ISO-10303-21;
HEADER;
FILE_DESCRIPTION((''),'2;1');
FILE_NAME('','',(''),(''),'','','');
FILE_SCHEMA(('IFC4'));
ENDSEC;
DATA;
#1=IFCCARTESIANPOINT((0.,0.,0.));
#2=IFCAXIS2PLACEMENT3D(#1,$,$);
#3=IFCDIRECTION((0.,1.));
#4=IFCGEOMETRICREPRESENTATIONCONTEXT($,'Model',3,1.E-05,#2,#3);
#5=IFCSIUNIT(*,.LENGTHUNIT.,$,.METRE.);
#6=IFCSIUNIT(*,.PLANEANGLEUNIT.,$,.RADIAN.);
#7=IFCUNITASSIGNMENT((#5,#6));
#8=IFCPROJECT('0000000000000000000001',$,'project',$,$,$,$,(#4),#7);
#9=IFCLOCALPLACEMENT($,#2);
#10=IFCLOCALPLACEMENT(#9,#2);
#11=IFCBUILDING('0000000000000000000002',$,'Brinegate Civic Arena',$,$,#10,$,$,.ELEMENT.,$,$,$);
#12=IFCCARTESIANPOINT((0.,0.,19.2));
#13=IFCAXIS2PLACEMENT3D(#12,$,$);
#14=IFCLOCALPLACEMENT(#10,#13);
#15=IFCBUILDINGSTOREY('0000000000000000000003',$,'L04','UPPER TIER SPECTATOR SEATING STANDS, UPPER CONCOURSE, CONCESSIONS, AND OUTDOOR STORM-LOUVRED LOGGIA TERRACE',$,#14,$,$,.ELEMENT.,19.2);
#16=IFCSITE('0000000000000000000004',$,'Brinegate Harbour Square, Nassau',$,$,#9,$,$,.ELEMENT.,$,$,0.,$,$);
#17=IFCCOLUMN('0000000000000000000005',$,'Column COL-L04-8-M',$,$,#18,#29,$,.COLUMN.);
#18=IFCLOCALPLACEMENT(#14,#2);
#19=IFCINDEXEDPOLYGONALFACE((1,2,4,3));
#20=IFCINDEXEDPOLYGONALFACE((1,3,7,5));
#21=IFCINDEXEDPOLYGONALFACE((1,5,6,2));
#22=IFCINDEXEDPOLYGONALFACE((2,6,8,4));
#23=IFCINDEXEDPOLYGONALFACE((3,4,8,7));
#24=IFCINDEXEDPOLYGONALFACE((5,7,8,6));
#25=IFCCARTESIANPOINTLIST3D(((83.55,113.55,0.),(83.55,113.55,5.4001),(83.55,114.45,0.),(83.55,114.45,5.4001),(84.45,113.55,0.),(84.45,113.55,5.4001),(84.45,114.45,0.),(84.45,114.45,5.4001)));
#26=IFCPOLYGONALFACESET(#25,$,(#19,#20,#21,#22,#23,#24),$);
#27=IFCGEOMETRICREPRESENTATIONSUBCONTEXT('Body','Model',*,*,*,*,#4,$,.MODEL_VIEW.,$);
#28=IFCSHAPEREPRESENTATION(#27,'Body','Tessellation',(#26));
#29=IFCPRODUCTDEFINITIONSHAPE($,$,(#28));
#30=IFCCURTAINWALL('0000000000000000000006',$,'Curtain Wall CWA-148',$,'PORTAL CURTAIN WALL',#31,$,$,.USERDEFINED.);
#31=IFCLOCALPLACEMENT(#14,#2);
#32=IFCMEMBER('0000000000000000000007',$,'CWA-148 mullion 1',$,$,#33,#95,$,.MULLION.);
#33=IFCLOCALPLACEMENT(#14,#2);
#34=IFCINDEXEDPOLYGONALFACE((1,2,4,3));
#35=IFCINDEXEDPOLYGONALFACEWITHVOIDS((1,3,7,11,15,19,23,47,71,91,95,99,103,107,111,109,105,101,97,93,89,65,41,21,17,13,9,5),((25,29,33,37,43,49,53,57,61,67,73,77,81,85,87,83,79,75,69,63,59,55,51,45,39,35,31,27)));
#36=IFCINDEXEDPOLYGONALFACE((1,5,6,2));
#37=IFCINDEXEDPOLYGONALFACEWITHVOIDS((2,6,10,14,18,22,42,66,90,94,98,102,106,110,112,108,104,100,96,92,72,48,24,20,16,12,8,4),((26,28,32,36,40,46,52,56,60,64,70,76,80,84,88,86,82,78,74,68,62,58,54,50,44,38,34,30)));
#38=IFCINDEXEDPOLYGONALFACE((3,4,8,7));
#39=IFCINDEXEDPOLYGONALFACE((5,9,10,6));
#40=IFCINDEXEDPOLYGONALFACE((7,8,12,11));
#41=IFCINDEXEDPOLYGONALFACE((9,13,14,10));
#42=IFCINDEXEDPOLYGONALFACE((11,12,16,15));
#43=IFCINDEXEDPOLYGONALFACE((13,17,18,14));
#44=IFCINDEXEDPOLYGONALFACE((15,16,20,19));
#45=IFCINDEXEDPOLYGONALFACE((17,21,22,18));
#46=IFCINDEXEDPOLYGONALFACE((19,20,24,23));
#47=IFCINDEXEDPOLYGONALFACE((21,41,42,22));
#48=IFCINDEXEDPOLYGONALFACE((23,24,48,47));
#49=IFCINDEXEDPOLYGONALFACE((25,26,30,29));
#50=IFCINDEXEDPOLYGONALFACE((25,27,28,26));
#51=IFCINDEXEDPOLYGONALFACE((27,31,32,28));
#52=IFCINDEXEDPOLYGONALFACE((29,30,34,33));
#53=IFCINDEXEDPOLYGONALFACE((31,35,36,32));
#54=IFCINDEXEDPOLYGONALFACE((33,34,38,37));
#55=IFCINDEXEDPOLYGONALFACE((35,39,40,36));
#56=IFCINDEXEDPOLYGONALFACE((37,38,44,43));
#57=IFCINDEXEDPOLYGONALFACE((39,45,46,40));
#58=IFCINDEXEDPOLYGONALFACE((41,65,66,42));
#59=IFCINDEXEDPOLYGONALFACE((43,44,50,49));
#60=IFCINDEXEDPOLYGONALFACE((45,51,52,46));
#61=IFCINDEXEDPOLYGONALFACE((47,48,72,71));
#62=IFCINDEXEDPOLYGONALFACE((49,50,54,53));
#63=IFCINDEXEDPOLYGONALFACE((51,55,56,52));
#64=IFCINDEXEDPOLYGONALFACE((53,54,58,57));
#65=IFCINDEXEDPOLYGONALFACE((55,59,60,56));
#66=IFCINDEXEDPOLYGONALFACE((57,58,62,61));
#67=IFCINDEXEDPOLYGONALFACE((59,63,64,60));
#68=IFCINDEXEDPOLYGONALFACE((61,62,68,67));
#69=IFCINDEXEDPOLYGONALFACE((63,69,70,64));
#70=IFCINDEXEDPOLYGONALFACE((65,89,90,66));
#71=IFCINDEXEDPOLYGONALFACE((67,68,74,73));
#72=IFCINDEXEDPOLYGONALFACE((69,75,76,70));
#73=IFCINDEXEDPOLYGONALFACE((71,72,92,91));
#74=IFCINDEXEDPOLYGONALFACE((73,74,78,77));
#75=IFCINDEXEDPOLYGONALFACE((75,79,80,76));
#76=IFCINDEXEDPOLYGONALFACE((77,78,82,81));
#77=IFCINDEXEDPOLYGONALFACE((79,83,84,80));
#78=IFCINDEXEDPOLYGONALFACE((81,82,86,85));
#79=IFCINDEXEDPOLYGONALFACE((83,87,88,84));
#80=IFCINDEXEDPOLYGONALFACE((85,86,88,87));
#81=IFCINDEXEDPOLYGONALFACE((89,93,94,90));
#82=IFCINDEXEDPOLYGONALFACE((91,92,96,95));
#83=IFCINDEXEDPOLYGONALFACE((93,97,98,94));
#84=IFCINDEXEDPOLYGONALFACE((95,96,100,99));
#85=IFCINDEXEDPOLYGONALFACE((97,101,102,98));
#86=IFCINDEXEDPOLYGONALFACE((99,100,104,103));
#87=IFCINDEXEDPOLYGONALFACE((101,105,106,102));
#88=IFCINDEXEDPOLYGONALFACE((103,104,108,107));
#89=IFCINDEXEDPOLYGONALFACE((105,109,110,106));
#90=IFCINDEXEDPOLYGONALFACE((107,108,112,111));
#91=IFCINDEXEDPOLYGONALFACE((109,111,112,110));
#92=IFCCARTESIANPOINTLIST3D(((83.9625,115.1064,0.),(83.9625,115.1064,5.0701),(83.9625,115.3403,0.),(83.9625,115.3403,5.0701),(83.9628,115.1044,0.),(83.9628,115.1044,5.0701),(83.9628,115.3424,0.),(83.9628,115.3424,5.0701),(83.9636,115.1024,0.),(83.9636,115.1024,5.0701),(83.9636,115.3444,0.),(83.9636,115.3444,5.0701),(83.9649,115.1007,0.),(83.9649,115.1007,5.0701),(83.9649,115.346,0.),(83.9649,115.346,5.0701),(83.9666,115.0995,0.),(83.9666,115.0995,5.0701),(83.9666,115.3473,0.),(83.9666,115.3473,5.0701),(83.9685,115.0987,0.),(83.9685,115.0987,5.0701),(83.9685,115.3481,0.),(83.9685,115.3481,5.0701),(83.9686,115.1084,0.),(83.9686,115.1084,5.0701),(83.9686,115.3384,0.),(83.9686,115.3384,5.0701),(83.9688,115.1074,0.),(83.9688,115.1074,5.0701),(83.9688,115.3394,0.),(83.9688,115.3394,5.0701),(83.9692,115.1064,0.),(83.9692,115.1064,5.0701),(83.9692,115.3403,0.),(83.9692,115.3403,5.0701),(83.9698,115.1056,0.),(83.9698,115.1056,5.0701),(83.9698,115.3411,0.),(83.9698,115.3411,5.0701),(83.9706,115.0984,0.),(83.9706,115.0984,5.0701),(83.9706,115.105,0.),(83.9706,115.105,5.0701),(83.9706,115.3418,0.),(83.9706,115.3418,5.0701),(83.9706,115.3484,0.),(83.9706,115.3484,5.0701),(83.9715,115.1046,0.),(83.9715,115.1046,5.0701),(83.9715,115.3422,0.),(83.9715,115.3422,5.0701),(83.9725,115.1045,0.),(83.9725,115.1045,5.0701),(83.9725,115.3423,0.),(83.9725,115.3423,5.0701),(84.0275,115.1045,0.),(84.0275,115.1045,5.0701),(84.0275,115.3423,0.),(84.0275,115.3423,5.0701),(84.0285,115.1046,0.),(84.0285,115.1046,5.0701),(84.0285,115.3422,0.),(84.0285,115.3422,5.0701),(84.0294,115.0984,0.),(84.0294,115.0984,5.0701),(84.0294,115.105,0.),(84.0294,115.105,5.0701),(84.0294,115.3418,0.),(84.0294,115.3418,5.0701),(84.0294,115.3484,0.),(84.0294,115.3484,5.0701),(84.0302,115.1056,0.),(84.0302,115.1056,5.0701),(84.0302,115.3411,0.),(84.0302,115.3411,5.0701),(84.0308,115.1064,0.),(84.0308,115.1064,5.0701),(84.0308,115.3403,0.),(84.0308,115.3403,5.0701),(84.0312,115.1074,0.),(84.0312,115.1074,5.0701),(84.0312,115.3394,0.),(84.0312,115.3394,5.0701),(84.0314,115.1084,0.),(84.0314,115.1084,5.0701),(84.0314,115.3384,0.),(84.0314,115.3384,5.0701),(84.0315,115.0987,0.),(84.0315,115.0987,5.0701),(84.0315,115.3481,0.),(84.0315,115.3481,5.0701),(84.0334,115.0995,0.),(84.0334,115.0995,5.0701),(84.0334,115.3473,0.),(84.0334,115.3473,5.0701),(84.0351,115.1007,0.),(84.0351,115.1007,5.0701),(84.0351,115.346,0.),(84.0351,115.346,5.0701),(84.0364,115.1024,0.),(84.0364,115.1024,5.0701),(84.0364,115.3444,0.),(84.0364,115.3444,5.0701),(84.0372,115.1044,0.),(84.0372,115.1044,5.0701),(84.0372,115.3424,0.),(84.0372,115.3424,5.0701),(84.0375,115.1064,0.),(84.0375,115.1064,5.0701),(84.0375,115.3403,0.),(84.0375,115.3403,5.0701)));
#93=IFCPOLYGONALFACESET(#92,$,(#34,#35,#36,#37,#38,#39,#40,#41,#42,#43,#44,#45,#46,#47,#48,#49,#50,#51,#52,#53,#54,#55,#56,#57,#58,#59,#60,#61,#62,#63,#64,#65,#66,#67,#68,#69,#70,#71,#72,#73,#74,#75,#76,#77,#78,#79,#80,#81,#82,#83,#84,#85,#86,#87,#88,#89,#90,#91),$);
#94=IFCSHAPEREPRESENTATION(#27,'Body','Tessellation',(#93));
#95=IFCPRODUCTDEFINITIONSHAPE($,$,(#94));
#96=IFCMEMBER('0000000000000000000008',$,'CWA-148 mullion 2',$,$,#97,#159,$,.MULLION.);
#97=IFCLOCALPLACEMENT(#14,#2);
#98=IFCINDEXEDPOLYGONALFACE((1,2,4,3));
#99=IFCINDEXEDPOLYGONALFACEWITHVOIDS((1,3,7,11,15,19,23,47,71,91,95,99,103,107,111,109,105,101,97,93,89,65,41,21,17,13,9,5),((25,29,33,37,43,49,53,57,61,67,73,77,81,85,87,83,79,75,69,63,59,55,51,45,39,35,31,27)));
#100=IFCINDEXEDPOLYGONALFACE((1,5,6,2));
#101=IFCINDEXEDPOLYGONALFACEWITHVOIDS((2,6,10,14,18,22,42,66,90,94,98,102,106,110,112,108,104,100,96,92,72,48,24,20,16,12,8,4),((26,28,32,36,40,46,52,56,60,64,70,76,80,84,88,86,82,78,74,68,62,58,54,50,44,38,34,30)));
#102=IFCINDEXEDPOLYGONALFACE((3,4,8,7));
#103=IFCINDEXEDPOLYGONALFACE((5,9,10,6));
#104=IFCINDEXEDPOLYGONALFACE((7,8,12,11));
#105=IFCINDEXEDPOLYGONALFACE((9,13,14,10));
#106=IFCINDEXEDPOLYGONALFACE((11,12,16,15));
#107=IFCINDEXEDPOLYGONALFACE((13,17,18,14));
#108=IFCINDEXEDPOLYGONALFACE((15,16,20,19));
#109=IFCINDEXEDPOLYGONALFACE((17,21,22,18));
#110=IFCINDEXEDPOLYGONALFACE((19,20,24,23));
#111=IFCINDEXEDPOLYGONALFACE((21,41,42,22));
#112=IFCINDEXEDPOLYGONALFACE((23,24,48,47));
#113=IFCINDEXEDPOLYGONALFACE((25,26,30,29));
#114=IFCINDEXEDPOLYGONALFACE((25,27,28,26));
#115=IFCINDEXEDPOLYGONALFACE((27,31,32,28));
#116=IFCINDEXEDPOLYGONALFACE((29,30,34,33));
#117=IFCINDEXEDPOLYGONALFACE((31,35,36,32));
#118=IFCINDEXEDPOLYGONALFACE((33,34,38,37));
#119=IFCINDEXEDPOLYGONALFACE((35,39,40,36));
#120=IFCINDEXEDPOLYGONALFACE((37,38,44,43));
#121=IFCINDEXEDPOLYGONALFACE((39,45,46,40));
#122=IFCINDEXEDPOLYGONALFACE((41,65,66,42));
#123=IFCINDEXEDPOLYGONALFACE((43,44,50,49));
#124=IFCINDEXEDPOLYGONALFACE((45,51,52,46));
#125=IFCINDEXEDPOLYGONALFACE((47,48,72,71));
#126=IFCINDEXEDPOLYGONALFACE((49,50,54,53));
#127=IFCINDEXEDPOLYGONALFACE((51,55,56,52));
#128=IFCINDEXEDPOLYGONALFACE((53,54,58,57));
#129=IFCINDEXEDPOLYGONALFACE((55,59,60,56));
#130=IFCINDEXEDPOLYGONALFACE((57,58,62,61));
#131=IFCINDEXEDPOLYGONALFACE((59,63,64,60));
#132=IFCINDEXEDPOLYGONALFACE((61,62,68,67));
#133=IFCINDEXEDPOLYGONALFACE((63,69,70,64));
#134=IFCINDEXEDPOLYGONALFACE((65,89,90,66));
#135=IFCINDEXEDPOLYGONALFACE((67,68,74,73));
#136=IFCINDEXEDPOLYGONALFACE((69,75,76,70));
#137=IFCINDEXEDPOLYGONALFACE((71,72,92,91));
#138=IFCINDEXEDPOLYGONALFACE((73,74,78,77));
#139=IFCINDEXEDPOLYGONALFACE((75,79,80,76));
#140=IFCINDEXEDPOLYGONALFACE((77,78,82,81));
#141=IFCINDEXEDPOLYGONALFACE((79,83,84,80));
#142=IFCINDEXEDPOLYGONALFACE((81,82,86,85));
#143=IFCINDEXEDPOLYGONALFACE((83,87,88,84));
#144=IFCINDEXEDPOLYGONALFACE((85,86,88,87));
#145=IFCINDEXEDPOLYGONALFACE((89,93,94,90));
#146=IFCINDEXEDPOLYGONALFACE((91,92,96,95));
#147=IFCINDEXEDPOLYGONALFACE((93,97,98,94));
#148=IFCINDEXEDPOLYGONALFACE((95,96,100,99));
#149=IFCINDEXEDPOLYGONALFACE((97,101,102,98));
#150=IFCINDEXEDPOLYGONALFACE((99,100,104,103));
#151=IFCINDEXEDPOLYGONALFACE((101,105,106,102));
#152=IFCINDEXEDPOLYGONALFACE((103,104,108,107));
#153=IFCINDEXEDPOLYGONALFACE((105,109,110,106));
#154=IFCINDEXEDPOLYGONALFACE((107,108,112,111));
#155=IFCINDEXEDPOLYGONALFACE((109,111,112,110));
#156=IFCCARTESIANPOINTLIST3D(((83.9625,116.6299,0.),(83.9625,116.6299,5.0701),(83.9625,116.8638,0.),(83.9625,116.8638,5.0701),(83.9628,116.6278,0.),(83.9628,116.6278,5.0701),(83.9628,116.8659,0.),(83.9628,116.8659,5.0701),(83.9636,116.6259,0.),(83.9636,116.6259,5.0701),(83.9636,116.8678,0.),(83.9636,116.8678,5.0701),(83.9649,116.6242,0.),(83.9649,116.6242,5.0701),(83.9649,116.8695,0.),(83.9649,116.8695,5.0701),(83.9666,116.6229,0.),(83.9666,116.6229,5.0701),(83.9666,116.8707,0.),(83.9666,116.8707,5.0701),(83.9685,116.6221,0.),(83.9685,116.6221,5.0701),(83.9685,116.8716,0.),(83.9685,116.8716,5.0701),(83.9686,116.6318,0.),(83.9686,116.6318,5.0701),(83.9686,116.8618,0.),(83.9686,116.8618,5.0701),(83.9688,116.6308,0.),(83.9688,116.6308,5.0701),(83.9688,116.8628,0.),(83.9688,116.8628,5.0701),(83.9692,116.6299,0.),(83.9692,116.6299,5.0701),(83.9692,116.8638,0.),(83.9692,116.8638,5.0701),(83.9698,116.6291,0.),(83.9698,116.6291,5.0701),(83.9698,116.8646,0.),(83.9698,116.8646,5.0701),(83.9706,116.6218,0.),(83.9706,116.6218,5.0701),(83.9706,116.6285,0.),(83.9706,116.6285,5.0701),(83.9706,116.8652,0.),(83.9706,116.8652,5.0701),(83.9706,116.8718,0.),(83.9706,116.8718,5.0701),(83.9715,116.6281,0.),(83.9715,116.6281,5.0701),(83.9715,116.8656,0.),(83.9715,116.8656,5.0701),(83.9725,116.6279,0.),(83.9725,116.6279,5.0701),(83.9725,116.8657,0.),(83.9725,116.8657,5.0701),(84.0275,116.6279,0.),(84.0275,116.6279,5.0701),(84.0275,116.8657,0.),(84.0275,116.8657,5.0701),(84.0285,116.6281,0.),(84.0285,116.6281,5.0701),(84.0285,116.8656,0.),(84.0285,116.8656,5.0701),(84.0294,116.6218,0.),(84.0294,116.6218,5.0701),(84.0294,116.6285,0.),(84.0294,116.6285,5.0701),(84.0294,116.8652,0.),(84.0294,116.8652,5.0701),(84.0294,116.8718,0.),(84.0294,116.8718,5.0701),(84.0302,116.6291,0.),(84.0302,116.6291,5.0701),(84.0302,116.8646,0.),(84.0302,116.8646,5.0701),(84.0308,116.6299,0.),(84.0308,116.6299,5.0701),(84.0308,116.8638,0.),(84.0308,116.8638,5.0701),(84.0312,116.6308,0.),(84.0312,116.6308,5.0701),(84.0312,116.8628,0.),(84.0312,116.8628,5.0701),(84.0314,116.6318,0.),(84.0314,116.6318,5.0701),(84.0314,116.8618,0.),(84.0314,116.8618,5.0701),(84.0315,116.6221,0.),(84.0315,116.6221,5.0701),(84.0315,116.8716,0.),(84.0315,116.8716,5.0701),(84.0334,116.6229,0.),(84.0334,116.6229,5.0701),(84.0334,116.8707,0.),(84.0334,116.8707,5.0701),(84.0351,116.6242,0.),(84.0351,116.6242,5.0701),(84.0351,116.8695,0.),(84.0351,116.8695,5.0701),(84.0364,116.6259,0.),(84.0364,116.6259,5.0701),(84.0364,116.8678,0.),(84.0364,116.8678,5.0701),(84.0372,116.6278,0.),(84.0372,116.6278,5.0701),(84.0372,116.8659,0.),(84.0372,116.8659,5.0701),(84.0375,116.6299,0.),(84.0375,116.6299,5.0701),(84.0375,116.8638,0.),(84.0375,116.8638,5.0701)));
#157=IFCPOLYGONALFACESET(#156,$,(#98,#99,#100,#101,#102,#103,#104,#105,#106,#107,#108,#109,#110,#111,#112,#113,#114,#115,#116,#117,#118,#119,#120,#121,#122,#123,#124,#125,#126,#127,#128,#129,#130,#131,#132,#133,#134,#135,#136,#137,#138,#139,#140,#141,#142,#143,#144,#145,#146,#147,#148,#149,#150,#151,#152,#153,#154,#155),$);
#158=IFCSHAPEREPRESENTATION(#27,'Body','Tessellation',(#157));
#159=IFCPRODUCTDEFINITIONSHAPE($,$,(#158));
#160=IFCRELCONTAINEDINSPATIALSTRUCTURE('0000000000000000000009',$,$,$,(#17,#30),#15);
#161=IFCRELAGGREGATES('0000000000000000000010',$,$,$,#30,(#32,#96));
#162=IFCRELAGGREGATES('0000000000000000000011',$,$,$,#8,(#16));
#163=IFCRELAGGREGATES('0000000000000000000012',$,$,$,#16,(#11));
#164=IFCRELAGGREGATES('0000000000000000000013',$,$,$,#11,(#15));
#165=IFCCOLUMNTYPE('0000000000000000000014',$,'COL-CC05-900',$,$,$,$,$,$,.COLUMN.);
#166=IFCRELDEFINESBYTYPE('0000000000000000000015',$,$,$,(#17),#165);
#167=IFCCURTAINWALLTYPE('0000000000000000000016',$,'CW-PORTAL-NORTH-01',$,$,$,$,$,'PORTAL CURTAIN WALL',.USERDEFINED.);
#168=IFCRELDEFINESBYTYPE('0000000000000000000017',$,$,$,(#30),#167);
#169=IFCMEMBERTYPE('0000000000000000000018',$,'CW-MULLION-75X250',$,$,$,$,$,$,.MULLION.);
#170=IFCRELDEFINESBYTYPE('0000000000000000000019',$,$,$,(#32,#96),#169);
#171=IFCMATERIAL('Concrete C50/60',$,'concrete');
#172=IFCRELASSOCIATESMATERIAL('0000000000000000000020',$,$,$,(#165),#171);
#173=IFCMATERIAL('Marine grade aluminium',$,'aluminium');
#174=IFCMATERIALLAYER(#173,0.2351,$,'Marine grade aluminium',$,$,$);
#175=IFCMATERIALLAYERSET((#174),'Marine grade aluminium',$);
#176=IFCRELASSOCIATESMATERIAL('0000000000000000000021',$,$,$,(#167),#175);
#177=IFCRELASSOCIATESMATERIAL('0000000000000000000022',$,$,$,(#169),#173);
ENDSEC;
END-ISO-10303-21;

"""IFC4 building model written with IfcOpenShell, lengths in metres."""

from ifc_helpers import new_model, si_unit, direction, frame, origin, origin_2d, place, context, subcontext, project, spatial, rectangle, hollow_rectangle, extrude, material, layer, layer_set, material_profile, profile_set, type_object, element, aggregate, save


model = new_model("IFC4")

# Units and contexts
model_context = context("Model", 3, precision=1e-05, world=origin(), true_north=direction((0.0, 1.0)))
body_context = subcontext(model_context, "Body", "Model", "MODEL_VIEW")
ifc_project = project(units=[si_unit("LENGTHUNIT", "METRE"), si_unit("PLANEANGLEUNIT", "RADIAN")], contexts=[model_context])

# Site, building, storey
site_placement = place(None, origin())
site = spatial("IfcSite", under=ifc_project, at=site_placement, Name="Brinegate Harbour Square, Nassau", CompositionType="ELEMENT", RefElevation=0.0)
building_placement = place(site_placement, origin())
building = spatial("IfcBuilding", under=site, at=building_placement, Name="Brinegate Civic Arena", CompositionType="ELEMENT")
storey_placement = place(building_placement, frame((0.0, 0.0, 19.2)))
storey = spatial("IfcBuildingStorey", under=building, at=storey_placement, Name="L04", Description="UPPER TIER SPECTATOR SEATING STANDS, UPPER CONCOURSE, CONCESSIONS, AND OUTDOOR STORM-LOUVRED LOGGIA TERRACE", CompositionType="ELEMENT", Elevation=19.2)

# Column
ifc_material_1 = material(Name="Concrete C50/60", Category="concrete")
ifc_material_profile_1 = material_profile(ifc_material_1, rectangle(XDim=0.8999, YDim=0.8999, at=origin_2d()), Name="RC900X900")
ifc_profile_set_1 = profile_set([ifc_material_profile_1], Name="Concrete C50/60")
column_type = type_object("IfcColumnType", Name="COL-CC05-900", PredefinedType="COLUMN", material=ifc_profile_set_1)
column_placement = place(storey_placement, frame((84.0, 114.0, 0.0), z_axis=(0.0, 0.0, 1.0), x_axis=(1.0, 0.0, 0.0)))
element("IfcColumn", 1, at=column_placement, inside=storey, type_object=column_type, Name="Column COL-L04-8-M", PredefinedType="COLUMN", context=body_context, shape_type="SweptSolid", body=[
    extrude(rectangle(XDim=0.8999, YDim=0.8999, at=origin_2d()), origin(), (0.0, 0.0, 1.0), 5.4001),
])

# Curtain wall, members
ifc_material_2 = material(Name="Marine grade aluminium", Category="aluminium")
ifc_layer_1 = layer(ifc_material_2, 0.2351, Name="Marine grade aluminium")
ifc_layer_set_1 = layer_set([ifc_layer_1], Name="Marine grade aluminium")
curtain_wall_type = type_object("IfcCurtainWallType", Name="CW-PORTAL-NORTH-01", ElementType="PORTAL CURTAIN WALL", PredefinedType="USERDEFINED", material=ifc_layer_set_1)
curtain_wall_placement = place(storey_placement, origin())
curtain_wall = element("IfcCurtainWall", 2, at=curtain_wall_placement, inside=storey, type_object=curtain_wall_type, Name="Curtain Wall CWA-148", ObjectType="PORTAL CURTAIN WALL", PredefinedType="USERDEFINED")
ifc_material_profile_2 = material_profile(ifc_material_2, hollow_rectangle(XDim=0.075, YDim=0.25, WallThickness=0.0061, InnerFilletRadius=0.0039, OuterFilletRadius=0.0081, at=origin_2d()), Name="MUL75X250")
ifc_profile_set_2 = profile_set([ifc_material_profile_2], Name="Marine grade aluminium")
member_type_1 = type_object("IfcMemberType", Name="CW-MULLION-75X250", PredefinedType="MULLION", material=ifc_profile_set_2)
member_1_placement = place(storey_placement, frame((84.0, 115.2234, 0.0), z_axis=(0.0, 0.0, 1.0), x_axis=(-1.0, 0.0, 0.0)))
member_1 = element("IfcMember", 3, at=member_1_placement, type_object=member_type_1, Name="CWA-148 mullion 1", PredefinedType="MULLION", context=body_context, shape_type="SweptSolid", body=[
    extrude(hollow_rectangle(XDim=0.075, YDim=0.25, WallThickness=0.0061, InnerFilletRadius=0.0039, OuterFilletRadius=0.0081, at=origin_2d()), origin(), (0.0, 0.0, 1.0), 5.0701),
])
member_2_placement = place(storey_placement, frame((84.0, 116.7468, 0.0), z_axis=(0.0, 0.0, 1.0), x_axis=(-1.0, 0.0, 0.0)))
member_2 = element("IfcMember", 4, at=member_2_placement, type_object=member_type_1, Name="CWA-148 mullion 2", PredefinedType="MULLION", context=body_context, shape_type="SweptSolid", body=[
    extrude(hollow_rectangle(XDim=0.075, YDim=0.25, WallThickness=0.0061, InnerFilletRadius=0.0039, OuterFilletRadius=0.0081, at=origin_2d()), origin(), (0.0, 0.0, 1.0), 5.0701),
])

aggregate(curtain_wall, [member_1, member_2])

save(model, "model.ifc")
